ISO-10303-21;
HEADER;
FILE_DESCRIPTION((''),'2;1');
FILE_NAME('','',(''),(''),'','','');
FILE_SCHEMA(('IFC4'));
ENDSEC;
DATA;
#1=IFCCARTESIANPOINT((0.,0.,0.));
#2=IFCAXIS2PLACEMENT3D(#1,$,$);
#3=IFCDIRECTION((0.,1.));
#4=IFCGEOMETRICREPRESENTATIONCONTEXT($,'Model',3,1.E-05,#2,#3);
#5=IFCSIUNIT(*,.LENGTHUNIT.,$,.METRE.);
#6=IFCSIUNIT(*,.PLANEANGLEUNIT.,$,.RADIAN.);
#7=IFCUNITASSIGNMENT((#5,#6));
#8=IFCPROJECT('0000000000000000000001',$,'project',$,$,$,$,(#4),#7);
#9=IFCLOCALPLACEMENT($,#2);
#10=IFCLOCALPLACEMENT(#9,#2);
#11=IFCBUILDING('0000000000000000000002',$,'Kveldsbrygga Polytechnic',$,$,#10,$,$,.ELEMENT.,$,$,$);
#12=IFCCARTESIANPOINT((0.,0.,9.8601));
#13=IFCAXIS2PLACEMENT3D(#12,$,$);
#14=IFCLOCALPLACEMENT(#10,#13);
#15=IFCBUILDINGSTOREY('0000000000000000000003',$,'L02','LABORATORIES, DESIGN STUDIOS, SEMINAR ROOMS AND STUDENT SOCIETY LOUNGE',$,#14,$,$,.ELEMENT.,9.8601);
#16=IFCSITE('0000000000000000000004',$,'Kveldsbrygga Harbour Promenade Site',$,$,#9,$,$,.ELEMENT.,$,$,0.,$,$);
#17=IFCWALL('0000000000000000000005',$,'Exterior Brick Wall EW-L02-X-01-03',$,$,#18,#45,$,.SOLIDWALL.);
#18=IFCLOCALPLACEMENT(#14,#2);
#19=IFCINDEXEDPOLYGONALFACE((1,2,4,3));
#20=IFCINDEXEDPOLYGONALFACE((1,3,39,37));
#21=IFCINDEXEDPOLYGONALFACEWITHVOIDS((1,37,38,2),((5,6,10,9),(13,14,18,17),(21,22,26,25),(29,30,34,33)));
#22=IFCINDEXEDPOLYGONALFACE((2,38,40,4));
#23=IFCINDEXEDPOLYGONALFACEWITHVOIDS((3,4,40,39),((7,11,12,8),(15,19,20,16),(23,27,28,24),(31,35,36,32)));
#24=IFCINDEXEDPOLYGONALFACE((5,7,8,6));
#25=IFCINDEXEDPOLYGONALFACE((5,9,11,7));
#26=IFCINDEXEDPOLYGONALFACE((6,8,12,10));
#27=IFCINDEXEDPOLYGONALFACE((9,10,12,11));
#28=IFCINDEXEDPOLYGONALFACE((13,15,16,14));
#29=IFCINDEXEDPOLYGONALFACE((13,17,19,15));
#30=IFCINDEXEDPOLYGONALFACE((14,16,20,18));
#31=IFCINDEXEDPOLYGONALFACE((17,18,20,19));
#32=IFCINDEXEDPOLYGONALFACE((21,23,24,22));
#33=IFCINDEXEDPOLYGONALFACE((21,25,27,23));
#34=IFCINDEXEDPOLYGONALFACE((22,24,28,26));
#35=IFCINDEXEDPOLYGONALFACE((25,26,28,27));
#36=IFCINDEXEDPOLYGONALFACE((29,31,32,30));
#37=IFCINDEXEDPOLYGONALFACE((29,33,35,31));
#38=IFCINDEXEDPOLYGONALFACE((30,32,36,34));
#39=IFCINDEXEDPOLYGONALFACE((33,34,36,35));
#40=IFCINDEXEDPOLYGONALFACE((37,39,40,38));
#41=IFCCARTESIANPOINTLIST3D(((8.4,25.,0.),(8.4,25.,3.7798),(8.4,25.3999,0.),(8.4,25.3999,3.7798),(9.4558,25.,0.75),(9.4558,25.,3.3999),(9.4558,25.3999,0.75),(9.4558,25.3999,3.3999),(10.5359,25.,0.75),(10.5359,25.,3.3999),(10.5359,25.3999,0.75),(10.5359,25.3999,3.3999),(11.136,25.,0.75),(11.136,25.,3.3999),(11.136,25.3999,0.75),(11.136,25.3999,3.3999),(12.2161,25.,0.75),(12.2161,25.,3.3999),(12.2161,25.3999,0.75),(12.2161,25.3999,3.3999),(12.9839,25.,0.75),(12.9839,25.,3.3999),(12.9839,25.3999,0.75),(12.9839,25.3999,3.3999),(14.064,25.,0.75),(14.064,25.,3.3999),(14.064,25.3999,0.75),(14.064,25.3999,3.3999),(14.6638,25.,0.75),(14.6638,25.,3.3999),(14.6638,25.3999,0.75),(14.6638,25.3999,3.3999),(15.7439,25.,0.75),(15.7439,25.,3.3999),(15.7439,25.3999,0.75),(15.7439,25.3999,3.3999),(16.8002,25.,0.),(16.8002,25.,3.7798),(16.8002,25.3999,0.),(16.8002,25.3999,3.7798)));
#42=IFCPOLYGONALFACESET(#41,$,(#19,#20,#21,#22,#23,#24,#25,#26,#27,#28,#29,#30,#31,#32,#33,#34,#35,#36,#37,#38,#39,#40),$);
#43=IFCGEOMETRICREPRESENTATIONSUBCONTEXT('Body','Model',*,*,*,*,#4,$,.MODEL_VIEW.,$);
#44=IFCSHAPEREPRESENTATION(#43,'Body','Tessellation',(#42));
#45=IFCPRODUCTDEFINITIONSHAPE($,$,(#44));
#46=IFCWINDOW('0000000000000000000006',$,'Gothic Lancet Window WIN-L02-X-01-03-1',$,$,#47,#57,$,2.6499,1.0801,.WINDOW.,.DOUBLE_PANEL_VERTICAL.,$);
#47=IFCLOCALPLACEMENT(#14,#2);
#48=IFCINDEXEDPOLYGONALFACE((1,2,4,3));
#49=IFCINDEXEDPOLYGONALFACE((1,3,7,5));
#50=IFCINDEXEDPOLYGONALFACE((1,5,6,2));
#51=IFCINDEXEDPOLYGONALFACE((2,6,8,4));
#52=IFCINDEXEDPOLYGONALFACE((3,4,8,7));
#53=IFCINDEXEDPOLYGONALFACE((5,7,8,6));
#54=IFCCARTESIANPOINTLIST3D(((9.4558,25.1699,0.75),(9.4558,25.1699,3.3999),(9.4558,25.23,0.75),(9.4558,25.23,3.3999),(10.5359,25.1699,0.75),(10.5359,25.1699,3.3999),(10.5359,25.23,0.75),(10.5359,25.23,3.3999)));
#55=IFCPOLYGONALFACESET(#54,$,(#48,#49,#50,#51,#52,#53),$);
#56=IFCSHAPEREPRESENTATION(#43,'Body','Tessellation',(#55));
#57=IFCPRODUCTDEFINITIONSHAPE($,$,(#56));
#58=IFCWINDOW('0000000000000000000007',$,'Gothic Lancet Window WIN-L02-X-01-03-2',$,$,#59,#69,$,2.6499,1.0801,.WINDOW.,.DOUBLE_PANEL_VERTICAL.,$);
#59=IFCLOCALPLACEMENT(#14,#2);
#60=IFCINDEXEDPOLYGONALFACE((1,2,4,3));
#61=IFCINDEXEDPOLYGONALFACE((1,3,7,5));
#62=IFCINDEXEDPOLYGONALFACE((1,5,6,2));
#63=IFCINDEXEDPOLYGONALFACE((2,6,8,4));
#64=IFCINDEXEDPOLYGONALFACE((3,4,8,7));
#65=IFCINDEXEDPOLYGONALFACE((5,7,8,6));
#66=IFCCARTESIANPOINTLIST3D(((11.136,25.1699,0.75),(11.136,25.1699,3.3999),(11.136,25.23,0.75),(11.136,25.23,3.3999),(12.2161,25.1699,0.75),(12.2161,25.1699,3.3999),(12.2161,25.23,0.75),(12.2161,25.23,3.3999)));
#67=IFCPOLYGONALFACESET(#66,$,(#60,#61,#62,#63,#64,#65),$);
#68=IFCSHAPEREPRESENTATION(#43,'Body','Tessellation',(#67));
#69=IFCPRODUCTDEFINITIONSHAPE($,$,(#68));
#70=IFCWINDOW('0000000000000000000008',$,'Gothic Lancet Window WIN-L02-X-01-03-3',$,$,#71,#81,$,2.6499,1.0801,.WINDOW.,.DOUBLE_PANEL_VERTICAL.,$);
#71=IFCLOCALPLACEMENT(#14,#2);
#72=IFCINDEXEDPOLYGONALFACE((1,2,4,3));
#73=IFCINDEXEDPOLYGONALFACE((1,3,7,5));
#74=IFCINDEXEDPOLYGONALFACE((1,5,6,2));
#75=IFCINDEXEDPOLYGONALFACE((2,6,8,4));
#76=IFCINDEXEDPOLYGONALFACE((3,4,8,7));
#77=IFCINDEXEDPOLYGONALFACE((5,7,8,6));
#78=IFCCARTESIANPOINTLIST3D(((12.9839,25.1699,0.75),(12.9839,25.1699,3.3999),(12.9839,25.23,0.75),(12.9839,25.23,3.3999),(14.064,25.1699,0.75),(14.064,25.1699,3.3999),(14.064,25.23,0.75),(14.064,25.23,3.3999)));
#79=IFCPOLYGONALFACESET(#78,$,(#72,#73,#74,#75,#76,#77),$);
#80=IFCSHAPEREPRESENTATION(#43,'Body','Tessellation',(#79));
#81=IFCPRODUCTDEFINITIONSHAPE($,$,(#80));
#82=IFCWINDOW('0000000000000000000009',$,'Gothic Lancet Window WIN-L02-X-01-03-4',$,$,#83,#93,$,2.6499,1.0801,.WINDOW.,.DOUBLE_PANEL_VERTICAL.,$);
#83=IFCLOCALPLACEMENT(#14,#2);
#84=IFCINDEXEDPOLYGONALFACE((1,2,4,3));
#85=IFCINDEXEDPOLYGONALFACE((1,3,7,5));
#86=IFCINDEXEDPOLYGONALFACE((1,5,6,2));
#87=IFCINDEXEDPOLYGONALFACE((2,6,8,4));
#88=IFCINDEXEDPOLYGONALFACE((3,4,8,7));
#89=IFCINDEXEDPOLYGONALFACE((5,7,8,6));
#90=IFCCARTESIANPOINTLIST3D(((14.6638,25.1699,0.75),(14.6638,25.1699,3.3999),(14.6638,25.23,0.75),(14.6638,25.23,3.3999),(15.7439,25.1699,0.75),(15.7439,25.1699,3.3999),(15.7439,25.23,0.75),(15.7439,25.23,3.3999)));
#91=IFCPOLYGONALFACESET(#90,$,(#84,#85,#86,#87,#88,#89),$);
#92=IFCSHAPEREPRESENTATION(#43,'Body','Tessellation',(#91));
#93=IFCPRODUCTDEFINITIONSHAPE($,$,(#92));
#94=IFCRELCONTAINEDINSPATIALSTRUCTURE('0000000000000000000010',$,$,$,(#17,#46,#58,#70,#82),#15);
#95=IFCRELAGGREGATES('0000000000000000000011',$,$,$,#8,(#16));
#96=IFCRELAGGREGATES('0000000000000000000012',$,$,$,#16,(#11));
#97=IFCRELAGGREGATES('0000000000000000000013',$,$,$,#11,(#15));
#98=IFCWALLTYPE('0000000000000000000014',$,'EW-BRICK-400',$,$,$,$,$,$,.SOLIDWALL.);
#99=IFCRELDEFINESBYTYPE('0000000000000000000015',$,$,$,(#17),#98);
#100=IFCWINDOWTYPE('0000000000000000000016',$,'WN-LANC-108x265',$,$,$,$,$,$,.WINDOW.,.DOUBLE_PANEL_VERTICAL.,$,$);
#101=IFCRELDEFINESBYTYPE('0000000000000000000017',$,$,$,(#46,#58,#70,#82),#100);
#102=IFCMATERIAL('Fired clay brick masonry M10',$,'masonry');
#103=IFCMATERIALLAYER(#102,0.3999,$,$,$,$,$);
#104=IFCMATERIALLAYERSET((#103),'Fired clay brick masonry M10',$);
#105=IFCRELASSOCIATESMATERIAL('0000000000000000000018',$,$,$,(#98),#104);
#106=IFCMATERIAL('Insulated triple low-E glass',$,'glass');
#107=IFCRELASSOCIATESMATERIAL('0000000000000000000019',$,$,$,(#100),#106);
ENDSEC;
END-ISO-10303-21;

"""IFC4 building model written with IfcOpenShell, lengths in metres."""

from ifc_helpers import new_model, si_unit, direction, frame, frame_2d, origin, place, context, subcontext, project, spatial, rectangle, extrude, material, layer, layer_set, type_object, element, fill, save


model = new_model("IFC4")

# Units and contexts
model_context = context("Model", 3, precision=1e-05, world=origin(), true_north=direction((0.0, 1.0)))
body_context = subcontext(model_context, "Body", "Model", "MODEL_VIEW")
ifc_project = project(units=[si_unit("LENGTHUNIT", "METRE"), si_unit("PLANEANGLEUNIT", "RADIAN")], contexts=[model_context])

# Site, building, storey
site_placement = place(None, origin())
site = spatial("IfcSite", under=ifc_project, at=site_placement, Name="Kveldsbrygga Harbour Promenade Site", CompositionType="ELEMENT", RefElevation=0.0)
building_placement = place(site_placement, origin())
building = spatial("IfcBuilding", under=site, at=building_placement, Name="Kveldsbrygga Polytechnic", CompositionType="ELEMENT")
storey_placement = place(building_placement, frame((0.0, 0.0, 9.8601)))
storey = spatial("IfcBuildingStorey", under=building, at=storey_placement, Name="L02", Description="LABORATORIES, DESIGN STUDIOS, SEMINAR ROOMS AND STUDENT SOCIETY LOUNGE", CompositionType="ELEMENT", Elevation=9.8601)

# Wall, openings, windows
ifc_material_1 = material(Name="Fired clay brick masonry M10", Category="masonry")
ifc_material_2 = material(Name="Insulated triple low-E glass", Category="glass")
ifc_layer_1 = layer(ifc_material_1, 0.3999)
ifc_layer_set_1 = layer_set([ifc_layer_1], Name="Fired clay brick masonry M10")
wall_type_1 = type_object("IfcWallType", Name="EW-BRICK-400", PredefinedType="SOLIDWALL", material=ifc_layer_set_1)
wall_1_placement = place(storey_placement, frame((8.3999, 25.2, 0.0), z_axis=(0.0, 0.0, 1.0), x_axis=(1.0, 0.0, 0.0)))
wall_1 = element("IfcWall", 1, at=wall_1_placement, inside=storey, type_object=wall_type_1, Name="Exterior Brick Wall EW-L02-X-01-03", PredefinedType="SOLIDWALL", context=body_context, shape_type="SweptSolid", body=[
    extrude(rectangle(XDim=8.4001, YDim=0.3999, at=frame_2d((4.2002, 0.0))), origin(), (0.0, 0.0, 1.0), 3.7798),
])
opening_1_placement = place(wall_1_placement, frame((1.0559, 0.0, 0.75)))
opening_1 = element("IfcOpeningElement", 2, at=opening_1_placement, cuts=wall_1, PredefinedType="OPENING", context=body_context, shape_type="SweptSolid", body=[
    extrude(rectangle(XDim=1.0801, YDim=2.6499, at=frame_2d((0.54, 1.325))), frame((0.0, 0.21, 0.0), z_axis=(0.0, -1.0, 0.0), x_axis=(1.0, 0.0, 0.0)), (0.0, 0.0, 1.0), 0.4199),
])
opening_2_placement = place(wall_1_placement, frame((2.7361, 0.0, 0.75)))
opening_2 = element("IfcOpeningElement", 3, at=opening_2_placement, cuts=wall_1, PredefinedType="OPENING", context=body_context, shape_type="SweptSolid", body=[
    extrude(rectangle(XDim=1.0801, YDim=2.6499, at=frame_2d((0.54, 1.325))), frame((0.0, 0.21, 0.0), z_axis=(0.0, -1.0, 0.0), x_axis=(1.0, 0.0, 0.0)), (0.0, 0.0, 1.0), 0.4199),
])
opening_3_placement = place(wall_1_placement, frame((4.584, 0.0, 0.75)))
opening_3 = element("IfcOpeningElement", 4, at=opening_3_placement, cuts=wall_1, PredefinedType="OPENING", context=body_context, shape_type="SweptSolid", body=[
    extrude(rectangle(XDim=1.0801, YDim=2.6499, at=frame_2d((0.54, 1.325))), frame((0.0, 0.21, 0.0), z_axis=(0.0, -1.0, 0.0), x_axis=(1.0, 0.0, 0.0)), (0.0, 0.0, 1.0), 0.4199),
])
opening_4_placement = place(wall_1_placement, frame((6.2639, 0.0, 0.75)))
opening_4 = element("IfcOpeningElement", 5, at=opening_4_placement, cuts=wall_1, PredefinedType="OPENING", context=body_context, shape_type="SweptSolid", body=[
    extrude(rectangle(XDim=1.0801, YDim=2.6499, at=frame_2d((0.54, 1.325))), frame((0.0, 0.21, 0.0), z_axis=(0.0, -1.0, 0.0), x_axis=(1.0, 0.0, 0.0)), (0.0, 0.0, 1.0), 0.4199),
])
window_type_1 = type_object("IfcWindowType", Name="WN-LANC-108x265", PartitioningType="DOUBLE_PANEL_VERTICAL", PredefinedType="WINDOW", material=ifc_material_2)
window_1_placement = place(opening_1_placement, origin())
window_1 = element("IfcWindow", 6, at=window_1_placement, inside=storey, type_object=window_type_1, Name="Gothic Lancet Window WIN-L02-X-01-03-1", OverallHeight=2.6499, OverallWidth=1.0801, PartitioningType="DOUBLE_PANEL_VERTICAL", PredefinedType="WINDOW", context=body_context, shape_type="SweptSolid", body=[
    extrude(rectangle(XDim=1.0801, YDim=2.6499, at=frame_2d((0.54, 1.325))), frame((0.0, 0.03, 0.0), z_axis=(0.0, -1.0, 0.0), x_axis=(1.0, 0.0, 0.0)), (0.0, 0.0, 1.0), 0.0601),
])
fill(opening_1, window_1)
window_2_placement = place(opening_2_placement, origin())
window_2 = element("IfcWindow", 7, at=window_2_placement, inside=storey, type_object=window_type_1, Name="Gothic Lancet Window WIN-L02-X-01-03-2", OverallHeight=2.6499, OverallWidth=1.0801, PartitioningType="DOUBLE_PANEL_VERTICAL", PredefinedType="WINDOW", context=body_context, shape_type="SweptSolid", body=[
    extrude(rectangle(XDim=1.0801, YDim=2.6499, at=frame_2d((0.54, 1.325))), frame((0.0, 0.03, 0.0), z_axis=(0.0, -1.0, 0.0), x_axis=(1.0, 0.0, 0.0)), (0.0, 0.0, 1.0), 0.0601),
])
fill(opening_2, window_2)
window_3_placement = place(opening_3_placement, origin())
window_3 = element("IfcWindow", 8, at=window_3_placement, inside=storey, type_object=window_type_1, Name="Gothic Lancet Window WIN-L02-X-01-03-3", OverallHeight=2.6499, OverallWidth=1.0801, PartitioningType="DOUBLE_PANEL_VERTICAL", PredefinedType="WINDOW", context=body_context, shape_type="SweptSolid", body=[
    extrude(rectangle(XDim=1.0801, YDim=2.6499, at=frame_2d((0.54, 1.325))), frame((0.0, 0.03, 0.0), z_axis=(0.0, -1.0, 0.0), x_axis=(1.0, 0.0, 0.0)), (0.0, 0.0, 1.0), 0.0601),
])
fill(opening_3, window_3)
window_4_placement = place(opening_4_placement, origin())
window_4 = element("IfcWindow", 9, at=window_4_placement, inside=storey, type_object=window_type_1, Name="Gothic Lancet Window WIN-L02-X-01-03-4", OverallHeight=2.6499, OverallWidth=1.0801, PartitioningType="DOUBLE_PANEL_VERTICAL", PredefinedType="WINDOW", context=body_context, shape_type="SweptSolid", body=[
    extrude(rectangle(XDim=1.0801, YDim=2.6499, at=frame_2d((0.54, 1.325))), frame((0.0, 0.03, 0.0), z_axis=(0.0, -1.0, 0.0), x_axis=(1.0, 0.0, 0.0)), (0.0, 0.0, 1.0), 0.0601),
])
fill(opening_4, window_4)

save(model, "model.ifc")
